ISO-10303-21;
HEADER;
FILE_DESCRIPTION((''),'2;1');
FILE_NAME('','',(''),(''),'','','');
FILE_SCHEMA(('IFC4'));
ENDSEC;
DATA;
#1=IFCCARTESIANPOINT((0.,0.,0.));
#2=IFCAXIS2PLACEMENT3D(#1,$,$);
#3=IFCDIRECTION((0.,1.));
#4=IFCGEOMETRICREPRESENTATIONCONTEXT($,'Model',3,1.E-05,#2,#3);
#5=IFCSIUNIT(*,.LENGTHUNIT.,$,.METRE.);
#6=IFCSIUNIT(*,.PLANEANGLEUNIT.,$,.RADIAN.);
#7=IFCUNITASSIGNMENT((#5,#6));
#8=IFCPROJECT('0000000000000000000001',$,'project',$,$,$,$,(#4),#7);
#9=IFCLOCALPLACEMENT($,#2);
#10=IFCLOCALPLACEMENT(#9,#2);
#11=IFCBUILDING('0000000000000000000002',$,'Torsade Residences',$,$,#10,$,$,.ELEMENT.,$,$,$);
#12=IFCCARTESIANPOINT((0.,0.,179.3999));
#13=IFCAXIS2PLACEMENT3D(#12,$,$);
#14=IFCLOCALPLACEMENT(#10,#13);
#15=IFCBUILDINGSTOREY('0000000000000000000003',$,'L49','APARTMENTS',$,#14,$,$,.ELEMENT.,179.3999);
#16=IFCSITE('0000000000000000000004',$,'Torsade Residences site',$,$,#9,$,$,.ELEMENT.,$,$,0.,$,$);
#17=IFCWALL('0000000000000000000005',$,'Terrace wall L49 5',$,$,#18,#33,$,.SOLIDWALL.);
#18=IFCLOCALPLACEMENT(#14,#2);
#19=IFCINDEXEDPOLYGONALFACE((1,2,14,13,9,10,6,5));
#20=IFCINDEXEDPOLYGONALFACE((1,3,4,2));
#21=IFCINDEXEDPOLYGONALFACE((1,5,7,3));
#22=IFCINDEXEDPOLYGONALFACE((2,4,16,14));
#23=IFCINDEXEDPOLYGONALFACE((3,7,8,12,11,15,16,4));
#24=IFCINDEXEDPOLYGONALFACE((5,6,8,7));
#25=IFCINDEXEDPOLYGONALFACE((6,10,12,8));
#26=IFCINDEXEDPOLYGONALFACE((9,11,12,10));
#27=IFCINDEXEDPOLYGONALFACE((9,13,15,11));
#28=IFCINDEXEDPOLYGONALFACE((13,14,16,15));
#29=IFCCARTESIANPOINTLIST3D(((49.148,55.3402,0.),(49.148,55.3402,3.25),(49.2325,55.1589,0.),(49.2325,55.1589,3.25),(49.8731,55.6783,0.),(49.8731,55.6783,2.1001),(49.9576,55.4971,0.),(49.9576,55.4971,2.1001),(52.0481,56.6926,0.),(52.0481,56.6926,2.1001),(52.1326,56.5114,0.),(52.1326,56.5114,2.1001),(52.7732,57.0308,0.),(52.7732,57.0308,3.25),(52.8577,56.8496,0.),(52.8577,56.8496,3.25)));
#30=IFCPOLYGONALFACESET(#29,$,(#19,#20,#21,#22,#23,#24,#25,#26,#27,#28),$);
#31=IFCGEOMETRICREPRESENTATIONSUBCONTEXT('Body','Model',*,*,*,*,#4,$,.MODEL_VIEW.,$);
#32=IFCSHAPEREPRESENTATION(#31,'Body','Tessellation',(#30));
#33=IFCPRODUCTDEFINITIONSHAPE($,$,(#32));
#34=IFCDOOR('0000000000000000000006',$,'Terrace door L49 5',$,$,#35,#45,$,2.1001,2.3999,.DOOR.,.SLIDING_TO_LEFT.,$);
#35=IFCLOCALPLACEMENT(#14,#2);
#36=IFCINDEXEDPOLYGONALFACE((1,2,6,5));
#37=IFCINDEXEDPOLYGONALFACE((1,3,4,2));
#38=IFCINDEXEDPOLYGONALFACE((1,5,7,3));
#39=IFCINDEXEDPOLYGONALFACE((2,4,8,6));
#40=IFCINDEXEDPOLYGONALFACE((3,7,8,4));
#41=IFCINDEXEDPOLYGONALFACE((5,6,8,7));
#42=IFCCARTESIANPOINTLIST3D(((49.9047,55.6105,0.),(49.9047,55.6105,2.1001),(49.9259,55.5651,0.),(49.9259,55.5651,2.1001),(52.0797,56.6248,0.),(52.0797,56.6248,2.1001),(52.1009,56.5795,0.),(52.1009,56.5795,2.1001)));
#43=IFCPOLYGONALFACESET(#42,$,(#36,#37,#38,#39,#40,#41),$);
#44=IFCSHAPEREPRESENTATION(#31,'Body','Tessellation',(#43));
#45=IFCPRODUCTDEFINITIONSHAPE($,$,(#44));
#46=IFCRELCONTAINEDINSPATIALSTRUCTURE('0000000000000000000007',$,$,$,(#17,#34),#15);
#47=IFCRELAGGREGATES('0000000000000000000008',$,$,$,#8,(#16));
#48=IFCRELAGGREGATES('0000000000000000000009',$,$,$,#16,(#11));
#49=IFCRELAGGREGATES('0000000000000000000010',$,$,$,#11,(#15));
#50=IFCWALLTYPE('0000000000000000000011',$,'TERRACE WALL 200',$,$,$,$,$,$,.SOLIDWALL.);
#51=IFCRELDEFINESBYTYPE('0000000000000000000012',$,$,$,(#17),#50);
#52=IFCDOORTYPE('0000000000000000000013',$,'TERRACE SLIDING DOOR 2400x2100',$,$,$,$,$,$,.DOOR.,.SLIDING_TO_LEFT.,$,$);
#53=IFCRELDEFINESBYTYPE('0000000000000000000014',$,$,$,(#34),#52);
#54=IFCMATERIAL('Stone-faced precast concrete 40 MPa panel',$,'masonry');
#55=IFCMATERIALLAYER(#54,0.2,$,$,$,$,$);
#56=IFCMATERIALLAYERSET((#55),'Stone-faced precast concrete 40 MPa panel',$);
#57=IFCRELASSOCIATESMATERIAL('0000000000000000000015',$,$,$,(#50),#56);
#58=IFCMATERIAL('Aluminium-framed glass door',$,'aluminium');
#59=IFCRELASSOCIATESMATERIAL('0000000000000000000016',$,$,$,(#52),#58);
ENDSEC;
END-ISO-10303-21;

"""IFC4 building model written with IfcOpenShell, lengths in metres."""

from ifc_helpers import new_model, si_unit, direction, frame, frame_2d, origin, place, context, subcontext, project, spatial, rectangle, extrude, material, layer, layer_set, type_object, element, fill, save


model = new_model("IFC4")

# Units and contexts
model_context = context("Model", 3, precision=1e-05, world=origin(), true_north=direction((0.0, 1.0)))
body_context = subcontext(model_context, "Body", "Model", "MODEL_VIEW")
ifc_project = project(units=[si_unit("LENGTHUNIT", "METRE"), si_unit("PLANEANGLEUNIT", "RADIAN")], contexts=[model_context])

# Site, building, storey
site_placement = place(None, origin())
site = spatial("IfcSite", under=ifc_project, at=site_placement, Name="Torsade Residences site", CompositionType="ELEMENT", RefElevation=0.0)
building_placement = place(site_placement, origin())
building = spatial("IfcBuilding", under=site, at=building_placement, Name="Torsade Residences", CompositionType="ELEMENT")
storey_placement = place(building_placement, frame((0.0, 0.0, 179.3999)))
storey = spatial("IfcBuildingStorey", under=building, at=storey_placement, Name="L49", Description="APARTMENTS", CompositionType="ELEMENT", Elevation=179.3999)

# Wall, opening, door
ifc_material_1 = material(Name="Stone-faced precast concrete 40 MPa panel", Category="masonry")
ifc_layer_1 = layer(ifc_material_1, 0.2)
ifc_layer_set_1 = layer_set([ifc_layer_1], Name="Stone-faced precast concrete 40 MPa panel")
wall_type_1 = type_object("IfcWallType", Name="TERRACE WALL 200", PredefinedType="SOLIDWALL", material=ifc_layer_set_1)
wall_1_placement = place(storey_placement, frame((52.8154, 56.9402, 0.0), z_axis=(0.0, 0.0, 1.0), x_axis=(-0.906289, -0.422658, 0.0)))
wall_1 = element("IfcWall", 1, at=wall_1_placement, inside=storey, type_object=wall_type_1, Name="Terrace wall L49 5", PredefinedType="SOLIDWALL", context=body_context, shape_type="SweptSolid", body=[
    extrude(rectangle(XDim=4.0, YDim=0.2, at=frame_2d((2.0, 0.0))), origin(), (0.0, 0.0, 1.0), 3.25),
])
opening_1_placement = place(wall_1_placement, frame((0.8, 0.0, 0.0)))
opening_1 = element("IfcOpeningElement", 2, at=opening_1_placement, cuts=wall_1, PredefinedType="OPENING", context=body_context, shape_type="SweptSolid", body=[
    extrude(rectangle(XDim=2.3999, YDim=2.1001, at=frame_2d((1.2, 1.05))), frame((0.0, 0.1099, 0.0), z_axis=(0.0, -1.0, 0.0), x_axis=(1.0, 0.0, 0.0)), (0.0, 0.0, 1.0), 0.22),
])
ifc_material_2 = material(Name="Aluminium-framed glass door", Category="aluminium")
door_type_1 = type_object("IfcDoorType", Name="TERRACE SLIDING DOOR 2400x2100", OperationType="SLIDING_TO_LEFT", PredefinedType="DOOR", material=ifc_material_2)
door_1_placement = place(opening_1_placement, origin())
door_1 = element("IfcDoor", 3, at=door_1_placement, inside=storey, type_object=door_type_1, Name="Terrace door L49 5", OperationType="SLIDING_TO_LEFT", OverallHeight=2.1001, OverallWidth=2.3999, PredefinedType="DOOR", context=body_context, shape_type="SweptSolid", body=[
    extrude(rectangle(XDim=2.3999, YDim=2.1001, at=frame_2d((1.2, 1.05))), frame((0.0, 0.0249, 0.0), z_axis=(0.0, -1.0, 0.0), x_axis=(1.0, 0.0, 0.0)), (0.0, 0.0, 1.0), 0.05),
])
fill(opening_1, door_1)

save(model, "model.ifc")
